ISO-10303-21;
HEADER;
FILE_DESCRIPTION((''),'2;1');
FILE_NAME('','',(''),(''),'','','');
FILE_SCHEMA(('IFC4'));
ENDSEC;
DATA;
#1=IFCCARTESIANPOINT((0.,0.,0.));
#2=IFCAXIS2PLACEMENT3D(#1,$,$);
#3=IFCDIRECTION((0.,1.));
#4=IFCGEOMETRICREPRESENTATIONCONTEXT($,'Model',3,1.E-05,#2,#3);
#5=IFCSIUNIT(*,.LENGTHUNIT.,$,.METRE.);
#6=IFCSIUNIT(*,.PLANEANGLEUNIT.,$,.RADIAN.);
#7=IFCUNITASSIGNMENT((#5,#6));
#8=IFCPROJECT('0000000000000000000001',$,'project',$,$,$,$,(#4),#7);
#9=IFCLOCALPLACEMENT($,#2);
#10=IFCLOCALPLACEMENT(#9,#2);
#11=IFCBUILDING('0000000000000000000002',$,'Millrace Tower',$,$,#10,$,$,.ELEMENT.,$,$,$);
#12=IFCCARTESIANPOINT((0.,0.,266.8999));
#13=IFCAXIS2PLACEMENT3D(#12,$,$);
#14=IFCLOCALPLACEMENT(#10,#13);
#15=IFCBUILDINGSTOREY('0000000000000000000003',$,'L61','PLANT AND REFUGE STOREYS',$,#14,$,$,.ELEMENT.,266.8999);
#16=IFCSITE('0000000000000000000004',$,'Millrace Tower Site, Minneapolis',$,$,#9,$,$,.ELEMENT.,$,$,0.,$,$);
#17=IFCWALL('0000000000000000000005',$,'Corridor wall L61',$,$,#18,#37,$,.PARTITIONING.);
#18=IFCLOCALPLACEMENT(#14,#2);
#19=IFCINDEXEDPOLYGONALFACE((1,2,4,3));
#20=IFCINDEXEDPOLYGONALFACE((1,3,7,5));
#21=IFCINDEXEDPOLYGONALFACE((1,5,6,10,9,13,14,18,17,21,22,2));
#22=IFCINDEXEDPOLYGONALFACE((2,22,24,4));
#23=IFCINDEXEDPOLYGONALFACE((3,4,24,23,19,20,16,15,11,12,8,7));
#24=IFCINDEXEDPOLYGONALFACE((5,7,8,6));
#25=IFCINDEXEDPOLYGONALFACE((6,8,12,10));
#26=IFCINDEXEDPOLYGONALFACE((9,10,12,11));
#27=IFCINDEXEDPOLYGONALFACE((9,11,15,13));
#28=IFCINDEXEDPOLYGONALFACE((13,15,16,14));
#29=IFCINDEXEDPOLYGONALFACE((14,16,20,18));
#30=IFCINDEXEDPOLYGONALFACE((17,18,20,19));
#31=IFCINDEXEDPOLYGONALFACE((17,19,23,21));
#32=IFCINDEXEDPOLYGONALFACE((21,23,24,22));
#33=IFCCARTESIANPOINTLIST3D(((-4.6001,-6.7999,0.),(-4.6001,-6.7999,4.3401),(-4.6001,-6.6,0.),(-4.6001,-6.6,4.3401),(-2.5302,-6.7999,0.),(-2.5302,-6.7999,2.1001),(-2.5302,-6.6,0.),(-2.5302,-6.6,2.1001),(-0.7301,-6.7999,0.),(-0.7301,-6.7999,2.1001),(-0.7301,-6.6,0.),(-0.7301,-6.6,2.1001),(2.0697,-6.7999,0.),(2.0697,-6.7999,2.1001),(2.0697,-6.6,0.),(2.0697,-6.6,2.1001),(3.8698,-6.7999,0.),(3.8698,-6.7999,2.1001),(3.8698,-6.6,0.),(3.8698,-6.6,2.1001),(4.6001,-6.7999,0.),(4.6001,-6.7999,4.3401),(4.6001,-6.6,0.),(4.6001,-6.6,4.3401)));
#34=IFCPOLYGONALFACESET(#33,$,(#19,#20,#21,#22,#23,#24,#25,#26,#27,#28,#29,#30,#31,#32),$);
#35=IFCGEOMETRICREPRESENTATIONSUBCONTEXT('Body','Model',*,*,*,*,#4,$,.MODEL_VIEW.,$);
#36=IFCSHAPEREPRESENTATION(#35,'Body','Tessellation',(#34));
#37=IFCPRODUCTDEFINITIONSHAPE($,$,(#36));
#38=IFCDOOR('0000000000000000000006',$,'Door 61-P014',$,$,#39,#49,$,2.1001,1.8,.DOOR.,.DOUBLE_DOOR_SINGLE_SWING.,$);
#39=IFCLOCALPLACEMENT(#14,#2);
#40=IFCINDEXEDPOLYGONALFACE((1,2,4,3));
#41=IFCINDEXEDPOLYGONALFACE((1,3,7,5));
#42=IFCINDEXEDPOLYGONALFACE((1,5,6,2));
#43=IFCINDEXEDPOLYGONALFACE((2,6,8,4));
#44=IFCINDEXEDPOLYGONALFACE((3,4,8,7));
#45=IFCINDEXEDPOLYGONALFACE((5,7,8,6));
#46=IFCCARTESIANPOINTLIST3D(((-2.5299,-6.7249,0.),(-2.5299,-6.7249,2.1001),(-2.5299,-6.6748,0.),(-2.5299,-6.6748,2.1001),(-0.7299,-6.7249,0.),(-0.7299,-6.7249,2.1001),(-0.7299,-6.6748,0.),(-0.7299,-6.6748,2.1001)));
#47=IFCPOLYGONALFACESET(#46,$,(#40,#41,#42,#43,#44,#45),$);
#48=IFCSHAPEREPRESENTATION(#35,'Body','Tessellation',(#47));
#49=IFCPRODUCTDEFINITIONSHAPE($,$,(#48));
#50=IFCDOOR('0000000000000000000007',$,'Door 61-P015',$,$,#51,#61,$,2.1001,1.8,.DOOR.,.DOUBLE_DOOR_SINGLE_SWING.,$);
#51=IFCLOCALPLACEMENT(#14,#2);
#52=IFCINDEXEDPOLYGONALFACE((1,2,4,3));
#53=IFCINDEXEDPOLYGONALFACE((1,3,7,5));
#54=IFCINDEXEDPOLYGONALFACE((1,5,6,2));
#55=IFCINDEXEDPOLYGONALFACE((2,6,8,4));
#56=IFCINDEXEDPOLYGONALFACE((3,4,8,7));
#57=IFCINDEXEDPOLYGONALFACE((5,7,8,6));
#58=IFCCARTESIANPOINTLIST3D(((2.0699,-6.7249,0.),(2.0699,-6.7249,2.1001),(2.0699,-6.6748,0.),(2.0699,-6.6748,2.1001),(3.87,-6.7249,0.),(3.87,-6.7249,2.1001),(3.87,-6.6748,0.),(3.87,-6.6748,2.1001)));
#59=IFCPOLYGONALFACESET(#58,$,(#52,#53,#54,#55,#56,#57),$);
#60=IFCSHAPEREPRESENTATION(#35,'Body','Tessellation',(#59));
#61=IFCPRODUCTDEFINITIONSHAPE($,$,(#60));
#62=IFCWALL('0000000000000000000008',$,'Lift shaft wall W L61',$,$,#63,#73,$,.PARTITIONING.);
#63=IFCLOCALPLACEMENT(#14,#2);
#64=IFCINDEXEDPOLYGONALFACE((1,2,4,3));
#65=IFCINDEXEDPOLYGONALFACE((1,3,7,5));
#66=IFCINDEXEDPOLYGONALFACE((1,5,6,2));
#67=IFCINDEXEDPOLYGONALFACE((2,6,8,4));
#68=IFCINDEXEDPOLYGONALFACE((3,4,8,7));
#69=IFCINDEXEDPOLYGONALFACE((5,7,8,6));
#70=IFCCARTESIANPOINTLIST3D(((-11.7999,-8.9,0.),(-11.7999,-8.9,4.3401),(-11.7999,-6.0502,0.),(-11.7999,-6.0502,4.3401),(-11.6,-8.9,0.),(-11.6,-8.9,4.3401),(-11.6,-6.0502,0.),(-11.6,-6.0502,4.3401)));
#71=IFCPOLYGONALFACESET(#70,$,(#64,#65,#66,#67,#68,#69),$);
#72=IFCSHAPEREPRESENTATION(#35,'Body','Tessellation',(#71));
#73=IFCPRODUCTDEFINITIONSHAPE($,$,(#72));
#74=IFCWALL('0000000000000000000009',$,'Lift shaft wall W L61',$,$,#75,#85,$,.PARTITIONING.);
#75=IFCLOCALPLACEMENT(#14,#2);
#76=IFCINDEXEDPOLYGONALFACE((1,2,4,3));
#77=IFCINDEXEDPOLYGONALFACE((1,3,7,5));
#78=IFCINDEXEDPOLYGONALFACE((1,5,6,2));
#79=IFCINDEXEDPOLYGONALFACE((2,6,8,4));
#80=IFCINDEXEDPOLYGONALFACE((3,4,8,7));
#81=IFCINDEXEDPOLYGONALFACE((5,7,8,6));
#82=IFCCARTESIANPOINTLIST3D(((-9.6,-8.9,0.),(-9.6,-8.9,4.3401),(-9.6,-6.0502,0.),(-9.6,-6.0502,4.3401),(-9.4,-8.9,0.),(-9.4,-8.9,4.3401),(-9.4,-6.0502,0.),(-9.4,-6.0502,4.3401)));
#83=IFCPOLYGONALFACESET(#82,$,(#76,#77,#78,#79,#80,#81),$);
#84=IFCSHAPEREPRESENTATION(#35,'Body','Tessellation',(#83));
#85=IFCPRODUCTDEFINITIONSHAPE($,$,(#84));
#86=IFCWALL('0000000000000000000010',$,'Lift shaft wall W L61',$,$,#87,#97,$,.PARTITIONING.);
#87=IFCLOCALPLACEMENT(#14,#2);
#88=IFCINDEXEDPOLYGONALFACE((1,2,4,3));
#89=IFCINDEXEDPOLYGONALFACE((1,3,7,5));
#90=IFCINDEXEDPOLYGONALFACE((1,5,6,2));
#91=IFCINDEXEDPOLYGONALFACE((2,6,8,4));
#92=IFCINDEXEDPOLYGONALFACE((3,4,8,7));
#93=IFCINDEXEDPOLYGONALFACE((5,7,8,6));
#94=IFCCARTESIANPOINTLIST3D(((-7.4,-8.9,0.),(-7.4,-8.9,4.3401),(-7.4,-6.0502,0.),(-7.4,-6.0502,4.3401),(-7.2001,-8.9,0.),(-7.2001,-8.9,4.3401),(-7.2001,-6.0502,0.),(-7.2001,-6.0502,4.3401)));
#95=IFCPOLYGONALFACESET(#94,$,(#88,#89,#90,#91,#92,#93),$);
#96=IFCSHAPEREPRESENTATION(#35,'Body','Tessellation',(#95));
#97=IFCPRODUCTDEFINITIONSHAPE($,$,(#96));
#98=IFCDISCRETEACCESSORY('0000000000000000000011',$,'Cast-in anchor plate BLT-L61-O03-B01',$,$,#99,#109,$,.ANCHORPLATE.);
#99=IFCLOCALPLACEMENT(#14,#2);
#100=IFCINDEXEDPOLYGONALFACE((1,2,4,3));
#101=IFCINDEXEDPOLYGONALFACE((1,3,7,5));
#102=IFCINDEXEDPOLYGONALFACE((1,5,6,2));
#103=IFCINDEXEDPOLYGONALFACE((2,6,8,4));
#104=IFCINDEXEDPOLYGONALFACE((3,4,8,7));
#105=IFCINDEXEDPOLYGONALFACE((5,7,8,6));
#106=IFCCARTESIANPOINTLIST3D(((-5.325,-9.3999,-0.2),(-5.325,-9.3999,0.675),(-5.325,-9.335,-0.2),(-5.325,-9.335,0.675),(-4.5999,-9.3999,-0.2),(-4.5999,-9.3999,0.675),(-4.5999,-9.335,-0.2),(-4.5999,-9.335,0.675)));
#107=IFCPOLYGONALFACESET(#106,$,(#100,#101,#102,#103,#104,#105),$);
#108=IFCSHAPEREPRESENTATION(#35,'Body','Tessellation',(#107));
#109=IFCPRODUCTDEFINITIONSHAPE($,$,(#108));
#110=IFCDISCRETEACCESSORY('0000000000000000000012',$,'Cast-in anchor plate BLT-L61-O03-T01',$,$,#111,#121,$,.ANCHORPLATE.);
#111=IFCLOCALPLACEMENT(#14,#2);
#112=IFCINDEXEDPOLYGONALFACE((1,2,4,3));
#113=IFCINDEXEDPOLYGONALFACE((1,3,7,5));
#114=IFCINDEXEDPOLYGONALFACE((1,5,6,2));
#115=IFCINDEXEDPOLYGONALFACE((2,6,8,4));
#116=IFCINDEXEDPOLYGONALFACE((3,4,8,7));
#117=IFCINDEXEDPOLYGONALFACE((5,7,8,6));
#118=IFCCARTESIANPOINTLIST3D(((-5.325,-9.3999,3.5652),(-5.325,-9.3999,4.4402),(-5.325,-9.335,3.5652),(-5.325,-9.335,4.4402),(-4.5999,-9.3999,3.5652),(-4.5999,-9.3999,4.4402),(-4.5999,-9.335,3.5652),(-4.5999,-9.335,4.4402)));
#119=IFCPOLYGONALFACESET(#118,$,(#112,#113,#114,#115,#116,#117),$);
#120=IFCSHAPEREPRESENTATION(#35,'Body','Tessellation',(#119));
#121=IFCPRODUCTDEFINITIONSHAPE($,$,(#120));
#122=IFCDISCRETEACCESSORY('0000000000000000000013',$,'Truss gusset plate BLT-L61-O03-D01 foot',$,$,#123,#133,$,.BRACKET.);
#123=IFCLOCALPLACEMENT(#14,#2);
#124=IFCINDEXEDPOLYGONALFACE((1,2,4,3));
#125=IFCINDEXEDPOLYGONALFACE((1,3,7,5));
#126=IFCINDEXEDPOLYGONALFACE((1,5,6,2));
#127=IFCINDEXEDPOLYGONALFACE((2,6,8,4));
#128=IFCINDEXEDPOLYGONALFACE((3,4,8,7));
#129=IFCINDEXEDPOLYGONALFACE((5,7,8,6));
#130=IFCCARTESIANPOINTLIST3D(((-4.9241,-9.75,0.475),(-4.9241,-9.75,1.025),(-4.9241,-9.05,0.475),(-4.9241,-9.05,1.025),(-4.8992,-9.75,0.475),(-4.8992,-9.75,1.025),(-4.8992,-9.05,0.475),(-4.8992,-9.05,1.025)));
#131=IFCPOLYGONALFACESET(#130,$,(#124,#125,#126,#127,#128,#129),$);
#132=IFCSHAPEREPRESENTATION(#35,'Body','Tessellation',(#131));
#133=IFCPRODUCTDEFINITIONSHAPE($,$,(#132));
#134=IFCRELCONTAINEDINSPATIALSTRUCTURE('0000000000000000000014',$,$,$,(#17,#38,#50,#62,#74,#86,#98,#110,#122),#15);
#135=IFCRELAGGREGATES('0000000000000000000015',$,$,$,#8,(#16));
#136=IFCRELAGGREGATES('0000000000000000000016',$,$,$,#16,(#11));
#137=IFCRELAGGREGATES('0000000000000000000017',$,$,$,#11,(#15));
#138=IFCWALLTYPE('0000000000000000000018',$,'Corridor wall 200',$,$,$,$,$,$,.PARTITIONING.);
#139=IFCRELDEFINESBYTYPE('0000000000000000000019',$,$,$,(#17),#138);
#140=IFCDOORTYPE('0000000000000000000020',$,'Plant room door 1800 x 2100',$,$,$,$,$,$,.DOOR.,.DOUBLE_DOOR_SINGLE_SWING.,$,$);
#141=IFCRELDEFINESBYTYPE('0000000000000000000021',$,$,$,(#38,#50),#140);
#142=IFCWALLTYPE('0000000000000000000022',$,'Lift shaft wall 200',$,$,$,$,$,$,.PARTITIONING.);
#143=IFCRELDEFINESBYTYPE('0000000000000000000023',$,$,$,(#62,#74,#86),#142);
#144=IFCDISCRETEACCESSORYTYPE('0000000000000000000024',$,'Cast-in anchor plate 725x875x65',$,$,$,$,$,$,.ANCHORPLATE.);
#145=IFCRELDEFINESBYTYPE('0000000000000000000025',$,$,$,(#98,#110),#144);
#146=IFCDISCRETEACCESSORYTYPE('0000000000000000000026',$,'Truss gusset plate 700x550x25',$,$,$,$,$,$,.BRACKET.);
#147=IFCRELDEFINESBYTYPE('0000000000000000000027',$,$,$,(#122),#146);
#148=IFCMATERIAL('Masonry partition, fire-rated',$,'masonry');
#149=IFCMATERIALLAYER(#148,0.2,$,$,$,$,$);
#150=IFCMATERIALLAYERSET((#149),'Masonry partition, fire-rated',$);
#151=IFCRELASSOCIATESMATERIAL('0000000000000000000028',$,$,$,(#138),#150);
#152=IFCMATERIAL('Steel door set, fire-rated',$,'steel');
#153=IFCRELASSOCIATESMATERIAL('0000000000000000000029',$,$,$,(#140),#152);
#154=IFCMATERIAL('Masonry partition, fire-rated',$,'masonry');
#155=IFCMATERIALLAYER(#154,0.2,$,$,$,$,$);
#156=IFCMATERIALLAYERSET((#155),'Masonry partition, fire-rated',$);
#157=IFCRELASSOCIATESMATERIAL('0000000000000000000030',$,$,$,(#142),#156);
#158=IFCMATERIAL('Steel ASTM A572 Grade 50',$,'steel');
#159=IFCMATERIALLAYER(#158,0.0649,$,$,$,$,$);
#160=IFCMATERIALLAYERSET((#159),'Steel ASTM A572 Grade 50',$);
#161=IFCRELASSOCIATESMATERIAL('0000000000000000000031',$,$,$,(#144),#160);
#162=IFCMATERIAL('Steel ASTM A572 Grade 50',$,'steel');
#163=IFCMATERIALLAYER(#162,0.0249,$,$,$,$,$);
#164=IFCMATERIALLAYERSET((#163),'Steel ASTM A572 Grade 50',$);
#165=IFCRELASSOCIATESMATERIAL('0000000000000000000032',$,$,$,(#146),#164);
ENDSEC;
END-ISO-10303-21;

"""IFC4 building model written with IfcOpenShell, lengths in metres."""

from ifc_helpers import new_model, si_unit, direction, frame, frame_2d, origin, origin_2d, place, context, subcontext, project, spatial, rectangle, extrude, material, layer, layer_set, type_object, element, fill, save


model = new_model("IFC4")

# Units and contexts
model_context = context("Model", 3, precision=1e-05, world=origin(), true_north=direction((0.0, 1.0)))
body_context = subcontext(model_context, "Body", "Model", "MODEL_VIEW")
ifc_project = project(units=[si_unit("LENGTHUNIT", "METRE"), si_unit("PLANEANGLEUNIT", "RADIAN")], contexts=[model_context])

# Site, building, storey
site_placement = place(None, origin())
site = spatial("IfcSite", under=ifc_project, at=site_placement, Name="Millrace Tower Site, Minneapolis", CompositionType="ELEMENT", RefElevation=0.0)
building_placement = place(site_placement, origin())
building = spatial("IfcBuilding", under=site, at=building_placement, Name="Millrace Tower", CompositionType="ELEMENT")
storey_placement = place(building_placement, frame((0.0, 0.0, 266.8999)))
storey = spatial("IfcBuildingStorey", under=building, at=storey_placement, Name="L61", Description="PLANT AND REFUGE STOREYS", CompositionType="ELEMENT", Elevation=266.8999)

# Wall, openings, doors
ifc_material_1 = material(Name="Masonry partition, fire-rated", Category="masonry")
ifc_layer_1 = layer(ifc_material_1, 0.2)
ifc_layer_set_1 = layer_set([ifc_layer_1], Name="Masonry partition, fire-rated")
wall_type_1 = type_object("IfcWallType", Name="Corridor wall 200", PredefinedType="PARTITIONING", material=ifc_layer_set_1)
wall_1_placement = place(storey_placement, frame((-4.6001, -6.7, 0.0), z_axis=(0.0, 0.0, 1.0), x_axis=(1.0, 0.0, 0.0)))
wall_1 = element("IfcWall", 1, at=wall_1_placement, inside=storey, type_object=wall_type_1, Name="Corridor wall L61", PredefinedType="PARTITIONING", context=body_context, shape_type="SweptSolid", body=[
    extrude(rectangle(XDim=9.2002, YDim=0.2, at=frame_2d((4.6001, 0.0))), origin(), (0.0, 0.0, 1.0), 4.3401),
])
opening_1_placement = place(wall_1_placement, frame((2.0701, 0.0, 0.0)))
opening_1 = element("IfcOpeningElement", 2, at=opening_1_placement, cuts=wall_1, PredefinedType="OPENING", context=body_context, shape_type="SweptSolid", body=[
    extrude(rectangle(XDim=1.8, YDim=2.1001, at=frame_2d((0.8999, 1.05))), frame((0.0, 0.1099, 0.0), z_axis=(0.0, -1.0, 0.0), x_axis=(1.0, 0.0, 0.0)), (0.0, 0.0, 1.0), 0.22),
])
opening_2_placement = place(wall_1_placement, frame((6.6699, 0.0, 0.0)))
opening_2 = element("IfcOpeningElement", 3, at=opening_2_placement, cuts=wall_1, PredefinedType="OPENING", context=body_context, shape_type="SweptSolid", body=[
    extrude(rectangle(XDim=1.8, YDim=2.1001, at=frame_2d((0.8999, 1.05))), frame((0.0, 0.1099, 0.0), z_axis=(0.0, -1.0, 0.0), x_axis=(1.0, 0.0, 0.0)), (0.0, 0.0, 1.0), 0.22),
])
ifc_material_2 = material(Name="Steel door set, fire-rated", Category="steel")
door_type = type_object("IfcDoorType", Name="Plant room door 1800 x 2100", OperationType="DOUBLE_DOOR_SINGLE_SWING", PredefinedType="DOOR", material=ifc_material_2)
door_1_placement = place(opening_1_placement, frame((1.8, 0.0, 0.0), z_axis=(0.0, 0.0, 1.0), x_axis=(-1.0, 0.0, 0.0)))
door_1 = element("IfcDoor", 4, at=door_1_placement, inside=storey, type_object=door_type, Name="Door 61-P014", OperationType="DOUBLE_DOOR_SINGLE_SWING", OverallHeight=2.1001, OverallWidth=1.8, PredefinedType="DOOR", context=body_context, shape_type="SweptSolid", body=[
    extrude(rectangle(XDim=1.8, YDim=2.1001, at=frame_2d((0.8999, 1.05))), frame((0.0, 0.0249, 0.0), z_axis=(0.0, -1.0, 0.0), x_axis=(1.0, 0.0, 0.0)), (0.0, 0.0, 1.0), 0.05),
])
fill(opening_1, door_1)
door_2_placement = place(opening_2_placement, frame((1.8, 0.0, 0.0), z_axis=(0.0, 0.0, 1.0), x_axis=(-1.0, 0.0, 0.0)))
door_2 = element("IfcDoor", 5, at=door_2_placement, inside=storey, type_object=door_type, Name="Door 61-P015", OperationType="DOUBLE_DOOR_SINGLE_SWING", OverallHeight=2.1001, OverallWidth=1.8, PredefinedType="DOOR", context=body_context, shape_type="SweptSolid", body=[
    extrude(rectangle(XDim=1.8, YDim=2.1001, at=frame_2d((0.8999, 1.05))), frame((0.0, 0.0249, 0.0), z_axis=(0.0, -1.0, 0.0), x_axis=(1.0, 0.0, 0.0)), (0.0, 0.0, 1.0), 0.05),
])
fill(opening_2, door_2)

# Walls
ifc_material_3 = material(Name="Masonry partition, fire-rated", Category="masonry")
ifc_layer_2 = layer(ifc_material_3, 0.2)
ifc_layer_set_2 = layer_set([ifc_layer_2], Name="Masonry partition, fire-rated")
wall_type_2 = type_object("IfcWallType", Name="Lift shaft wall 200", PredefinedType="PARTITIONING", material=ifc_layer_set_2)
for number, where, z_axis, x_axis, name in (
    (6, (-11.7, -8.8999, 0.0), (0.0, 0.0, 1.0), (0.0, 1.0, 0.0), "Lift shaft wall W L61"),
    (7, (-9.5, -8.8999, 0.0), (0.0, 0.0, 1.0), (0.0, 1.0, 0.0), "Lift shaft wall W L61"),
    (8, (-7.3, -8.8999, 0.0), (0.0, 0.0, 1.0), (0.0, 1.0, 0.0), "Lift shaft wall W L61"),
):
    element("IfcWall", number, at=place(storey_placement, frame(where, z_axis=z_axis, x_axis=x_axis)), inside=storey, type_object=wall_type_2, Name=name, PredefinedType="PARTITIONING", context=body_context, shape_type="SweptSolid", body=[
        extrude(rectangle(XDim=2.8499, YDim=0.2, at=frame_2d((1.4248, 0.0))), origin(), (0.0, 0.0, 1.0), 4.3401),
    ])

# Discrete accessories
ifc_material_4 = material(Name="Steel ASTM A572 Grade 50", Category="steel")
ifc_layer_3 = layer(ifc_material_4, 0.0649)
ifc_layer_set_3 = layer_set([ifc_layer_3], Name="Steel ASTM A572 Grade 50")
discrete_accessory_type_1 = type_object("IfcDiscreteAccessoryType", Name="Cast-in anchor plate 725x875x65", PredefinedType="ANCHORPLATE", material=ifc_layer_set_3)
for number, where, z_axis, x_axis, name in (
    (9, (-4.9624, -9.335, 0.2375), (0.0, -1.0, 0.0), (1.0, 0.0, 0.0), "Cast-in anchor plate BLT-L61-O03-B01"),
    (10, (-4.9624, -9.335, 4.0027), (0.0, -1.0, 0.0), (1.0, 0.0, 0.0), "Cast-in anchor plate BLT-L61-O03-T01"),
):
    element("IfcDiscreteAccessory", number, at=place(storey_placement, frame(where, z_axis=z_axis, x_axis=x_axis)), inside=storey, type_object=discrete_accessory_type_1, Name=name, PredefinedType="ANCHORPLATE", context=body_context, shape_type="SweptSolid", body=[
        extrude(rectangle(XDim=0.7251, YDim=0.875, at=origin_2d()), origin(), (0.0, 0.0, 1.0), 0.0649),
    ])
ifc_material_5 = material(Name="Steel ASTM A572 Grade 50", Category="steel")
ifc_layer_4 = layer(ifc_material_5, 0.0249)
ifc_layer_set_4 = layer_set([ifc_layer_4], Name="Steel ASTM A572 Grade 50")
discrete_accessory_type_2 = type_object("IfcDiscreteAccessoryType", Name="Truss gusset plate 700x550x25", PredefinedType="BRACKET", material=ifc_layer_set_4)
discrete_accessory_placement = place(storey_placement, frame((-4.9116, -9.75, 0.75), z_axis=(0.0, 1.0, 0.0), x_axis=(-1.0, 0.0, 0.0)))
element("IfcDiscreteAccessory", 11, at=discrete_accessory_placement, inside=storey, type_object=discrete_accessory_type_2, Name="Truss gusset plate BLT-L61-O03-D01 foot", PredefinedType="BRACKET", context=body_context, shape_type="SweptSolid", body=[
    extrude(rectangle(XDim=0.0249, YDim=0.55, at=origin_2d()), origin(), (0.0, 0.0, 1.0), 0.7),
])

save(model, "model.ifc")
